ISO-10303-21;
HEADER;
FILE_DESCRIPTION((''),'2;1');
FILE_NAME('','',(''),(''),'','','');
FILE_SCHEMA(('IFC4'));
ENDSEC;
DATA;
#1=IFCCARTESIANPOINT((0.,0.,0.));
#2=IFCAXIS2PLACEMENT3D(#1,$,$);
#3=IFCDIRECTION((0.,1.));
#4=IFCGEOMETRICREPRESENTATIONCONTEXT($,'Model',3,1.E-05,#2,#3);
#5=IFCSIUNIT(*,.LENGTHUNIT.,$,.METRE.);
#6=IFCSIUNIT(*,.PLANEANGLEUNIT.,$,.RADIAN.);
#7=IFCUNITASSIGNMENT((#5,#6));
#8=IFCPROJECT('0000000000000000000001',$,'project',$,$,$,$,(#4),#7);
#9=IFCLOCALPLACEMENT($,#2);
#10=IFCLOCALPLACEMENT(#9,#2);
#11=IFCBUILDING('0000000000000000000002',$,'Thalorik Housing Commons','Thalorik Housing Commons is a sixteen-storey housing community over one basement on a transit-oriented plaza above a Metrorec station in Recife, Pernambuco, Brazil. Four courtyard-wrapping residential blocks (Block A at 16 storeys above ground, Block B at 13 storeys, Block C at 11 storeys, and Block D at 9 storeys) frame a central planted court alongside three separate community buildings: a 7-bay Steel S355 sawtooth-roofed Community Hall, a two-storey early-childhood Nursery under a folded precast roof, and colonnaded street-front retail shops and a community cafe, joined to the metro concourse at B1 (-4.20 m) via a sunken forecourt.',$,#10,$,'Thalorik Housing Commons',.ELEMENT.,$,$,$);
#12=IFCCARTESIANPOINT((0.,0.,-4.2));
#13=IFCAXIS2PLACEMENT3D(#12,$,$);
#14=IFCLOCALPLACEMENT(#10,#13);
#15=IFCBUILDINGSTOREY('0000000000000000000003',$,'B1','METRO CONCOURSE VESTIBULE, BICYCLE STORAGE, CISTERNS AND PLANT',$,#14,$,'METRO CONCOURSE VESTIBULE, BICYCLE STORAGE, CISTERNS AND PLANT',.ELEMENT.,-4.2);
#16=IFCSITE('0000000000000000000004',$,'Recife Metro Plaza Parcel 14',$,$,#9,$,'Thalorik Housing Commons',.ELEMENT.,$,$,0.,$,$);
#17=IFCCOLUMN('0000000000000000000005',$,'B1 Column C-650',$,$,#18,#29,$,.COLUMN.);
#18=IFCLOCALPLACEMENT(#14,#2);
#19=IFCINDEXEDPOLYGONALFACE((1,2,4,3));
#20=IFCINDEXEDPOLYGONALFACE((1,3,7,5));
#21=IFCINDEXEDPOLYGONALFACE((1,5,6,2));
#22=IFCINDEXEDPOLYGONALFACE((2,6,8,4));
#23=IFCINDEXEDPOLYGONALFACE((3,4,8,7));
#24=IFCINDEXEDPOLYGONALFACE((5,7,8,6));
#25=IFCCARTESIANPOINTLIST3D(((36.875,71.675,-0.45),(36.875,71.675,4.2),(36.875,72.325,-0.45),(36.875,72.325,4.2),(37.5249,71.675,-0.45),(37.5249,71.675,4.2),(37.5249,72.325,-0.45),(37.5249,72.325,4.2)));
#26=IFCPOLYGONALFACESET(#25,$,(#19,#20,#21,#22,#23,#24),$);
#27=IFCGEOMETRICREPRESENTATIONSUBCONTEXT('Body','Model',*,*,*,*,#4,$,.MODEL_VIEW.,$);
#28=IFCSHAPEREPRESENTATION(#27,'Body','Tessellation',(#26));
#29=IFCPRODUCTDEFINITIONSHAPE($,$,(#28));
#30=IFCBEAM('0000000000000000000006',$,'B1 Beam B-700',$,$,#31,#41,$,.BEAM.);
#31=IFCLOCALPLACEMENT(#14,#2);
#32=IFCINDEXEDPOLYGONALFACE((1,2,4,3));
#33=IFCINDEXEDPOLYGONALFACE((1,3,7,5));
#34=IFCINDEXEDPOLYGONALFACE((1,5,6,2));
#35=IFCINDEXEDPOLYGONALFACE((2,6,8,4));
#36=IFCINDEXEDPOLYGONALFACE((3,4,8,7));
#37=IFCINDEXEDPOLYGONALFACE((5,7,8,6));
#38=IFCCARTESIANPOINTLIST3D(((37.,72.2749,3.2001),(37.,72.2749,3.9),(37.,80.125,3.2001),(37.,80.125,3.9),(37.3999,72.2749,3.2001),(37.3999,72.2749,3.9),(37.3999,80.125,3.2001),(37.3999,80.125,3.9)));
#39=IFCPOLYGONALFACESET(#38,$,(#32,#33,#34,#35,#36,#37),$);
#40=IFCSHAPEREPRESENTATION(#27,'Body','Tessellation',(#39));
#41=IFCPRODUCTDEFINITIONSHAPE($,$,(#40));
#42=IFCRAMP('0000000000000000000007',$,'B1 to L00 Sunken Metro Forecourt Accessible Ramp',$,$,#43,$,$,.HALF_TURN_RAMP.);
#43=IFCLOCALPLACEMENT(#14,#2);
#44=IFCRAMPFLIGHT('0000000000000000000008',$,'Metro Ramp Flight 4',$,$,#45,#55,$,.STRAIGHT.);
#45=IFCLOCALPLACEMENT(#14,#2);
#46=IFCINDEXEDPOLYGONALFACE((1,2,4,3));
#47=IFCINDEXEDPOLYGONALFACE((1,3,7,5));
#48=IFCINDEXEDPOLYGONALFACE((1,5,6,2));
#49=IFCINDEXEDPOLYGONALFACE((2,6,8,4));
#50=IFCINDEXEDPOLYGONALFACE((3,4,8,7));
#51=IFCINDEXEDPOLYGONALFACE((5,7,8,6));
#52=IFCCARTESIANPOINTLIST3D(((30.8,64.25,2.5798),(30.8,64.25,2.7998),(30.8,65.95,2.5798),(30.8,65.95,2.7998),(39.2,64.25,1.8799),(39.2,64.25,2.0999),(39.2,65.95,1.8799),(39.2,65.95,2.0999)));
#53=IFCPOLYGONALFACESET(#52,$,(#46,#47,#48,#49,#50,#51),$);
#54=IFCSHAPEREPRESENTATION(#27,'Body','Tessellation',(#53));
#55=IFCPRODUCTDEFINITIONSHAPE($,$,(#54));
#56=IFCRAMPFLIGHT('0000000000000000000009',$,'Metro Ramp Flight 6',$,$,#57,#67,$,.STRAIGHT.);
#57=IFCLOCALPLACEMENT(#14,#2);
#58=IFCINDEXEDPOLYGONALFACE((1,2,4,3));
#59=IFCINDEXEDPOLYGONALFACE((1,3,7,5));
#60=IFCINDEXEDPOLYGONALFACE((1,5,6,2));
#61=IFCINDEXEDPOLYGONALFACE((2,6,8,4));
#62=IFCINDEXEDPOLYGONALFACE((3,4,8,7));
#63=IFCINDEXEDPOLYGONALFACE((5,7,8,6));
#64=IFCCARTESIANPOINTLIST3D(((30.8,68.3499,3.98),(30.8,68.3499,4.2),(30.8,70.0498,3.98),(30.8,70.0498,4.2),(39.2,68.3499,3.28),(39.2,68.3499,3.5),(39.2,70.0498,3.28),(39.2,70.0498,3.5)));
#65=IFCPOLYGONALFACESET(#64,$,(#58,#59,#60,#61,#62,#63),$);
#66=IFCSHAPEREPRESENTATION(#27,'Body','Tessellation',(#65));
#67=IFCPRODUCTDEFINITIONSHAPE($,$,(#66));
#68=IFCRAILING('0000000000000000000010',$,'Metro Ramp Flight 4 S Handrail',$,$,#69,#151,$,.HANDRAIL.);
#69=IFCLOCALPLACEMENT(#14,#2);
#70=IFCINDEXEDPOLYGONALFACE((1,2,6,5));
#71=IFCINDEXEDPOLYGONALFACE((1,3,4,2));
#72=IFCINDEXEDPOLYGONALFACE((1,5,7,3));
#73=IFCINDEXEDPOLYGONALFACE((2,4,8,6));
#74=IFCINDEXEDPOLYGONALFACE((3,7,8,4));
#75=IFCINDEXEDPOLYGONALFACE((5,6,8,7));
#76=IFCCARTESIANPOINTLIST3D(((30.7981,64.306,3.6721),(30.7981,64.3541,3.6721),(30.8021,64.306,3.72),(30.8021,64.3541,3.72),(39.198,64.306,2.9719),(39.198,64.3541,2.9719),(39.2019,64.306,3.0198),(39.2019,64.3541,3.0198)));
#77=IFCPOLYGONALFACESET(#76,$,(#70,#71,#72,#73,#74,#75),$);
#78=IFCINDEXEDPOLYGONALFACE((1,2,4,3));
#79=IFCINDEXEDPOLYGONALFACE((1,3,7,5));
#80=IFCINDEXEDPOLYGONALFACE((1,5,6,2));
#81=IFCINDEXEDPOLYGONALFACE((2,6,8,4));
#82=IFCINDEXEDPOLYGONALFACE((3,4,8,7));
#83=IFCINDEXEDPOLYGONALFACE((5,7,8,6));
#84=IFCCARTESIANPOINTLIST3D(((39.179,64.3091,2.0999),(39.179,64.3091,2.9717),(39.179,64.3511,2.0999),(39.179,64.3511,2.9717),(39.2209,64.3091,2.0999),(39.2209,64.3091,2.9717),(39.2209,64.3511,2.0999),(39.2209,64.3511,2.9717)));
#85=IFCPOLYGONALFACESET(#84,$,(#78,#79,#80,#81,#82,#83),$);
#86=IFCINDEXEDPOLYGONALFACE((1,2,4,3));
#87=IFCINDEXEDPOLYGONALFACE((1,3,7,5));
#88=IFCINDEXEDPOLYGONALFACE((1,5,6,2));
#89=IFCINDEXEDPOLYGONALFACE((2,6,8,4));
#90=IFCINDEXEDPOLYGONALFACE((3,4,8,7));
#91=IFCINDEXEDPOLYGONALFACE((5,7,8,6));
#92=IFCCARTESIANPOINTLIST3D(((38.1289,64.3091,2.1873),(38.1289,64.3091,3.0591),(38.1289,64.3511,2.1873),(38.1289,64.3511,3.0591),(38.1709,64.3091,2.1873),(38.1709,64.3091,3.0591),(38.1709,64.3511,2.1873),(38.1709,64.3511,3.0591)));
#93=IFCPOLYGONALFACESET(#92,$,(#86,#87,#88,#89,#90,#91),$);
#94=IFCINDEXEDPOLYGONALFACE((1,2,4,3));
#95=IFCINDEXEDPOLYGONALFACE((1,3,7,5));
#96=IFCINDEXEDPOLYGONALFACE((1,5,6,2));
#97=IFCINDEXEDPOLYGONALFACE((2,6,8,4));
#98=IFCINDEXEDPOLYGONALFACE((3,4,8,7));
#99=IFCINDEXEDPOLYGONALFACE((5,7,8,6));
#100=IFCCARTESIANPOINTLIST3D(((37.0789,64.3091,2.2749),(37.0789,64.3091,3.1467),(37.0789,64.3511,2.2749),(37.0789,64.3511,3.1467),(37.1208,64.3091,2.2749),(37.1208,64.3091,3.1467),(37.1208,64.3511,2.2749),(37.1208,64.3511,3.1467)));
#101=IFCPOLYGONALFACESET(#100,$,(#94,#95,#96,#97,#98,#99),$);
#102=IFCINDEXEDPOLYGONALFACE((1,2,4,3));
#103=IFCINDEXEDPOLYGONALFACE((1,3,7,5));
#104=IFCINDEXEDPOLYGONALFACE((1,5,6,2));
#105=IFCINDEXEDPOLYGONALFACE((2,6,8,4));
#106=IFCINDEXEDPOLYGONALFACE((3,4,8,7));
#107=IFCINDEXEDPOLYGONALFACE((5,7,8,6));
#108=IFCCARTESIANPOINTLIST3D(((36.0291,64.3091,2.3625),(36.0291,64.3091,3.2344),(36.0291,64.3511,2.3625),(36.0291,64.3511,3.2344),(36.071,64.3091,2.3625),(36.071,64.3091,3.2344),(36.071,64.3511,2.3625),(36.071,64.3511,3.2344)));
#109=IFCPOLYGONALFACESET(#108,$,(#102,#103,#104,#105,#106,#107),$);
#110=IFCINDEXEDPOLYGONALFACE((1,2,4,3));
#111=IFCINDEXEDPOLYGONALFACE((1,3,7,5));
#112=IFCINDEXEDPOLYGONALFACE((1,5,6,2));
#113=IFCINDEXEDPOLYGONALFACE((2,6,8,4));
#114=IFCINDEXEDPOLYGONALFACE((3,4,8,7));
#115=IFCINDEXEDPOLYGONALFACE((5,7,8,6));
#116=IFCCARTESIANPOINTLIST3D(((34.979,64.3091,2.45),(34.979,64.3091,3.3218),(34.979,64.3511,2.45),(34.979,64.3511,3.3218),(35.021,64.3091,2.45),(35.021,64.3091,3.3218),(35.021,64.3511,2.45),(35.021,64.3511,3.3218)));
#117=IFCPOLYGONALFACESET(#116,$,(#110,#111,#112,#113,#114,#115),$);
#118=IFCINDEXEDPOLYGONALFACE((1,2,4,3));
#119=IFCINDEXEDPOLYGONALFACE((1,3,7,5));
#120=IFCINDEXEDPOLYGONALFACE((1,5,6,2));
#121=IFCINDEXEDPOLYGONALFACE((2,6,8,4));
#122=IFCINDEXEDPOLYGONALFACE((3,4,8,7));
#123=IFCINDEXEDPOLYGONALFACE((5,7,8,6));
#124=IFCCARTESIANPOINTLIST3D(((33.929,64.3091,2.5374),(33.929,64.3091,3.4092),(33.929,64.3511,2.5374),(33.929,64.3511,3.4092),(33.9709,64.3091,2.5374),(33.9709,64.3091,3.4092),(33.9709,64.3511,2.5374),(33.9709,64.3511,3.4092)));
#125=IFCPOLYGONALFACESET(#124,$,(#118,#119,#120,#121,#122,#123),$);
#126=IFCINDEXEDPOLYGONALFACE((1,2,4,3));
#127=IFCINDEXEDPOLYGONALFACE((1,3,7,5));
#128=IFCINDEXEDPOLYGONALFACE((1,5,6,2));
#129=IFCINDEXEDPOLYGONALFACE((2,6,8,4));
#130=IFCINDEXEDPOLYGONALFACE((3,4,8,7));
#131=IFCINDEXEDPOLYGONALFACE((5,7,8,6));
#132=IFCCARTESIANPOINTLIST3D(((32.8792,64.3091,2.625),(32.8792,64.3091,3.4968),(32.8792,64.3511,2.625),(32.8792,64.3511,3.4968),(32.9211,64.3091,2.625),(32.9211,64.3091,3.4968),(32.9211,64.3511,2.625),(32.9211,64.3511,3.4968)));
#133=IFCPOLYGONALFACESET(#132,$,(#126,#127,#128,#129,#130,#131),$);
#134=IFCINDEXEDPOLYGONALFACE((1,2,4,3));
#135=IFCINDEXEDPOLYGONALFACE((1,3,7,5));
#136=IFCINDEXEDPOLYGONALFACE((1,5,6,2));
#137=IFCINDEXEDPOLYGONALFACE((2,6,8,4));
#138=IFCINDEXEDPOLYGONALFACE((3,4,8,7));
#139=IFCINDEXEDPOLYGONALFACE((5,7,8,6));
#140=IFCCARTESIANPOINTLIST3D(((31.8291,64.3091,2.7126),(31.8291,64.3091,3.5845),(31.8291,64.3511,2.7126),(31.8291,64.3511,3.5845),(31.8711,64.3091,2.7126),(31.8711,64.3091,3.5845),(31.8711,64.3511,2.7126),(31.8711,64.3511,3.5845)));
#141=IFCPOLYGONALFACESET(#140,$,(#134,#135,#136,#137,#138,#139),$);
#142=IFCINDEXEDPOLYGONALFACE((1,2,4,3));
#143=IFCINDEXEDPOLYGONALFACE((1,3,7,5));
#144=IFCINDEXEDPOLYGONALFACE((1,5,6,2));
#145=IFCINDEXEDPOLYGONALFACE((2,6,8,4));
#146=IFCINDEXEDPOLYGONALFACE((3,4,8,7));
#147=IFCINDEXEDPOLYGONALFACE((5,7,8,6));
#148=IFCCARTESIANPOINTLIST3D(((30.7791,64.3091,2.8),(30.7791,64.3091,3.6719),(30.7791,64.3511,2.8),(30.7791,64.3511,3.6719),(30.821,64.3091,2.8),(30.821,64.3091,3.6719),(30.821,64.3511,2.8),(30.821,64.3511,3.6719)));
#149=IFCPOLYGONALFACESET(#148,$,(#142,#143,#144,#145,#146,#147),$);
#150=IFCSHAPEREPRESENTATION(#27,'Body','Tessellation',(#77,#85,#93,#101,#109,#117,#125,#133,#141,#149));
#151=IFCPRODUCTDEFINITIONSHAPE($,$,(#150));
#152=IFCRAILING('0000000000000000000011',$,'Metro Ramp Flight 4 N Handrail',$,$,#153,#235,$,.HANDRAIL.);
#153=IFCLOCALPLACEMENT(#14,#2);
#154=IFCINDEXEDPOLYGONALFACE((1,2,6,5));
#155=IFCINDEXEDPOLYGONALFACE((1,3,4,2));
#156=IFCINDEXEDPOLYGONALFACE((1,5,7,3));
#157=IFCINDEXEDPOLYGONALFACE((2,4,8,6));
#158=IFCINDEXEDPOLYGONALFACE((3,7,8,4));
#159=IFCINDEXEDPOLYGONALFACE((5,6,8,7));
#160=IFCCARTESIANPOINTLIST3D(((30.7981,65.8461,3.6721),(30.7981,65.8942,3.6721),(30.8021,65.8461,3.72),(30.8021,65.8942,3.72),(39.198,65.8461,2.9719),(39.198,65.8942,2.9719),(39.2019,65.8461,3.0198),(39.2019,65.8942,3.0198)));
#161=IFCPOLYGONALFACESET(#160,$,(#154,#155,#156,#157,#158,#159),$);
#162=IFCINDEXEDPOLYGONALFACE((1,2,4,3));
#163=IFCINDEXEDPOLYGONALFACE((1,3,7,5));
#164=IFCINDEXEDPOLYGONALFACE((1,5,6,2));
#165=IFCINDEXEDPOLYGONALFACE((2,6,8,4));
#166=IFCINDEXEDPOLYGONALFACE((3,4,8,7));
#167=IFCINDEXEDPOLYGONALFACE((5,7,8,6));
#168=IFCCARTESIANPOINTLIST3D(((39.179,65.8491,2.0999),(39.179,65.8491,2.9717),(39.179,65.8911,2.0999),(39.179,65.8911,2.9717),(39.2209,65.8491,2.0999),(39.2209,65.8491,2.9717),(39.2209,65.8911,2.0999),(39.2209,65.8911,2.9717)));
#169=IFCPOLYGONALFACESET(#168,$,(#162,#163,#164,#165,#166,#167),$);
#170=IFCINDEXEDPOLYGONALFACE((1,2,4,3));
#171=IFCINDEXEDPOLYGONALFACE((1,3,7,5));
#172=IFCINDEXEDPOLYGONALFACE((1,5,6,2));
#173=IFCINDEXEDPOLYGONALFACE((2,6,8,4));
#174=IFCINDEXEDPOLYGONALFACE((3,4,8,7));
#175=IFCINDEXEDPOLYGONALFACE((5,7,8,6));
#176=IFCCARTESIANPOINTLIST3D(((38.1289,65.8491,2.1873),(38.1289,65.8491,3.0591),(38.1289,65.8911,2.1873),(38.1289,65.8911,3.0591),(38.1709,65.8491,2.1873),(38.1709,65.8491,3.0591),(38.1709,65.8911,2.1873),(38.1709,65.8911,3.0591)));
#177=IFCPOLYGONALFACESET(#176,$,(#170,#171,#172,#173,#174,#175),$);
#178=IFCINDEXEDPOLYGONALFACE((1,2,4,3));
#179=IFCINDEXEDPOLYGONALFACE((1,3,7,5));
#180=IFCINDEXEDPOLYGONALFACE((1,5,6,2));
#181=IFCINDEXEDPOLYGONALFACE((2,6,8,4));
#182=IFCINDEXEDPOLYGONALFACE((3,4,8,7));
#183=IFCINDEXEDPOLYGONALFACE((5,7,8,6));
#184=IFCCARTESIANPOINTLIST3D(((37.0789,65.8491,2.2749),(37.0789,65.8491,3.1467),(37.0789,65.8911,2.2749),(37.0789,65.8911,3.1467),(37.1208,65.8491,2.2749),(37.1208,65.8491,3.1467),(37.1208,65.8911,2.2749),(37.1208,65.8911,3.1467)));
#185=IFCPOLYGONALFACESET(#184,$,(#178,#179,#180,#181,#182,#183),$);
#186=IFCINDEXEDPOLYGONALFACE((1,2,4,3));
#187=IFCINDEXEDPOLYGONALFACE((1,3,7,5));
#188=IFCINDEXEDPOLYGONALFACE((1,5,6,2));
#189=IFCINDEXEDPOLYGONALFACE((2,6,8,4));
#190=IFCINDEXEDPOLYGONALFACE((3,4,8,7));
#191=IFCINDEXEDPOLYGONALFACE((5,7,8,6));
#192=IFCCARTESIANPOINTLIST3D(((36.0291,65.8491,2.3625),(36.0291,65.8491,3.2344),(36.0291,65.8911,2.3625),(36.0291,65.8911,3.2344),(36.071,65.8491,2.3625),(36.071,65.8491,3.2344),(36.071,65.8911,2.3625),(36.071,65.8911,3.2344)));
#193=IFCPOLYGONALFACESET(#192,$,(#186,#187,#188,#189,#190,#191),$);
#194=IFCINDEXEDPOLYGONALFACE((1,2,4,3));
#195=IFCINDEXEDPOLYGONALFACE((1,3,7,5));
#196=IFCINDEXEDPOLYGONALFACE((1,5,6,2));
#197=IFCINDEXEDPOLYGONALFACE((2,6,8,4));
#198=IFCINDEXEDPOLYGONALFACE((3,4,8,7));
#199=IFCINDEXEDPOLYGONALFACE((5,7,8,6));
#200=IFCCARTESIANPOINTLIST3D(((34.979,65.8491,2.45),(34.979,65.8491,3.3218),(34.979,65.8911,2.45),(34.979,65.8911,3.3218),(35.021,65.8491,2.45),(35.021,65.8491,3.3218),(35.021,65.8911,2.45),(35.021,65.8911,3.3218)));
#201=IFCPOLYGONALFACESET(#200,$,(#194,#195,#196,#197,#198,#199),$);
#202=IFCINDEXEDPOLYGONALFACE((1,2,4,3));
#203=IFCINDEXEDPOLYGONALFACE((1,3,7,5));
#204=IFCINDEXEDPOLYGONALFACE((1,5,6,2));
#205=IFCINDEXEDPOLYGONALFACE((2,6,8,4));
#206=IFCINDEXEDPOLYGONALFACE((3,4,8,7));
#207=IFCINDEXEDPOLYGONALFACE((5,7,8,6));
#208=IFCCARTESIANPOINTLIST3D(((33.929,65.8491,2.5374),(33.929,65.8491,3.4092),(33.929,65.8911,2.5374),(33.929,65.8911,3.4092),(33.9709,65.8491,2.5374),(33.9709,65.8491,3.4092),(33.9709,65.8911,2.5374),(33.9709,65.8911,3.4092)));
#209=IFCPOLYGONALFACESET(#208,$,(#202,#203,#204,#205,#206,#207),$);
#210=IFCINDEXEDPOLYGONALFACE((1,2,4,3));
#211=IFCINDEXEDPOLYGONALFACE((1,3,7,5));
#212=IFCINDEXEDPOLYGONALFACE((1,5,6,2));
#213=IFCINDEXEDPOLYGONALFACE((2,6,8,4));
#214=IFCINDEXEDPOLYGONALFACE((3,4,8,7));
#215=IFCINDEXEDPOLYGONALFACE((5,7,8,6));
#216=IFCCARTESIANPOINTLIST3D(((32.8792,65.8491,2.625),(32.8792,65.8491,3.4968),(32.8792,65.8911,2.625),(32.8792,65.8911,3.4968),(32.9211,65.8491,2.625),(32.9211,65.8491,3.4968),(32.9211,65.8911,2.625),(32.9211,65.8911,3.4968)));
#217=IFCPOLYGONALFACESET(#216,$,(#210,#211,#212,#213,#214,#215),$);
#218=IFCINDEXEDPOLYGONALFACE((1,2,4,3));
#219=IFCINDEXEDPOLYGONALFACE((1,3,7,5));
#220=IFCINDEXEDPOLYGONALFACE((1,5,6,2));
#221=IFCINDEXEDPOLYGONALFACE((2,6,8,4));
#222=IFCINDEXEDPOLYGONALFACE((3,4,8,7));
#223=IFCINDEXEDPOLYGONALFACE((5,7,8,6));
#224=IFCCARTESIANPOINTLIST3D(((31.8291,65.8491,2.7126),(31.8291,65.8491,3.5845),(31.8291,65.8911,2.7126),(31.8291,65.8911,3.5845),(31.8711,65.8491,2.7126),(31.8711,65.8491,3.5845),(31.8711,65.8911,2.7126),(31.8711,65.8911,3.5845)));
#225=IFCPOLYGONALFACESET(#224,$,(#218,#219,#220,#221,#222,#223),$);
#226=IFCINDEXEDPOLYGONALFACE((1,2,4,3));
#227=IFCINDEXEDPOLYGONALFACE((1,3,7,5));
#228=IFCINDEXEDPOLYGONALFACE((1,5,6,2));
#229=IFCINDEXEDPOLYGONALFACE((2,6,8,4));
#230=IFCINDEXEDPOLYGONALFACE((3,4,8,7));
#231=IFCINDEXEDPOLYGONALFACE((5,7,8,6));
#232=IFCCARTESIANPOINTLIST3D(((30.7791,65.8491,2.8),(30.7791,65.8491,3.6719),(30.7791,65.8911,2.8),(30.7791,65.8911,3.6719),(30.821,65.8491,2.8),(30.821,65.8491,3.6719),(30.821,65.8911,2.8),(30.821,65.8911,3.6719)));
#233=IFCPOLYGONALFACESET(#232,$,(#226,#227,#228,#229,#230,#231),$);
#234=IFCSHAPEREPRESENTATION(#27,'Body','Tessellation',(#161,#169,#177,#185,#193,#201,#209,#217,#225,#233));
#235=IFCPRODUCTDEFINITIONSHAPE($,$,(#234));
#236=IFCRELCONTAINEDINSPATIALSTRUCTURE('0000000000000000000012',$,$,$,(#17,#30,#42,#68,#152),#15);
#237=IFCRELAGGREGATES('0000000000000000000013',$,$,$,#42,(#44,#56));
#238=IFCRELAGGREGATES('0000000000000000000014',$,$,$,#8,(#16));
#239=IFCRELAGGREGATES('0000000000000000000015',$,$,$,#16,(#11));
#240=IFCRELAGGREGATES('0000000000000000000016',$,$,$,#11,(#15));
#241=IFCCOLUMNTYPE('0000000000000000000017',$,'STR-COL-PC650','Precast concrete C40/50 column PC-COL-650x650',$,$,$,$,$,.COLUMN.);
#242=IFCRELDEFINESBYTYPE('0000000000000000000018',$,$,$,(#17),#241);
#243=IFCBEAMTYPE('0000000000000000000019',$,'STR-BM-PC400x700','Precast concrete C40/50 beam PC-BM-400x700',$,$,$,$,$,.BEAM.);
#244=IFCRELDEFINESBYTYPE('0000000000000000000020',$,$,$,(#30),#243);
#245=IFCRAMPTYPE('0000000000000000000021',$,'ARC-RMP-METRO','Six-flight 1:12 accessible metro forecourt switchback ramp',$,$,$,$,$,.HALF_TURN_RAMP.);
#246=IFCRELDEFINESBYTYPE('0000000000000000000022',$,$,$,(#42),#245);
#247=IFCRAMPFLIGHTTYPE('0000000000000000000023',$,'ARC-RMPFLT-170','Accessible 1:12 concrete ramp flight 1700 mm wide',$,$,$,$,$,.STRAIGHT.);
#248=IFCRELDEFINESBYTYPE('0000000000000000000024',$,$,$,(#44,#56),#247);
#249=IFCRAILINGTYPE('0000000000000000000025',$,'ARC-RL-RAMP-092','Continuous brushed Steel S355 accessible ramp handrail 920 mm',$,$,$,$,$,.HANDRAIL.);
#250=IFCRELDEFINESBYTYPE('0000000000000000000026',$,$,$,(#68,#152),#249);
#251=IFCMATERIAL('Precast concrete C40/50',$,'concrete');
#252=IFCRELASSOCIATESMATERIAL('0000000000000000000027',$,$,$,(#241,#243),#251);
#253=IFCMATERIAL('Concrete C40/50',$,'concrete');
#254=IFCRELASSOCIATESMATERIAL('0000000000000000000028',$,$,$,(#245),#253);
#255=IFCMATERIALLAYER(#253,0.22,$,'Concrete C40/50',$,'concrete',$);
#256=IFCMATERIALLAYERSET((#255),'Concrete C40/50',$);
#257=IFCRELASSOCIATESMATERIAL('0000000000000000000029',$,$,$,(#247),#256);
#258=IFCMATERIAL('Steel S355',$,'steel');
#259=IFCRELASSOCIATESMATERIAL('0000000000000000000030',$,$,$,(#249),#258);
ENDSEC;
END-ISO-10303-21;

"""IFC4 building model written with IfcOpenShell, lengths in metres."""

from ifc_helpers import new_model, si_unit, direction, frame, origin, origin_2d, place, context, subcontext, project, spatial, polyline, rectangle, outline, extrude, material, layer, layer_set, material_profile, profile_set, type_object, element, aggregate, save


model = new_model("IFC4")

# Units and contexts
model_context = context("Model", 3, precision=1e-05, world=origin(), true_north=direction((0.0, 1.0)))
body_context = subcontext(model_context, "Body", "Model", "MODEL_VIEW")
ifc_project = project(units=[si_unit("LENGTHUNIT", "METRE"), si_unit("PLANEANGLEUNIT", "RADIAN")], contexts=[model_context])

# Site, building, storey
site_placement = place(None, origin())
site = spatial("IfcSite", under=ifc_project, at=site_placement, Name="Recife Metro Plaza Parcel 14", LongName="Thalorik Housing Commons", CompositionType="ELEMENT", RefElevation=0.0)
building_placement = place(site_placement, origin())
building = spatial("IfcBuilding", under=site, at=building_placement, Name="Thalorik Housing Commons", Description="Thalorik Housing Commons is a sixteen-storey housing community over one basement on a transit-oriented plaza above a Metrorec station in Recife, Pernambuco, Brazil. Four courtyard-wrapping residential blocks (Block A at 16 storeys above ground, Block B at 13 storeys, Block C at 11 storeys, and Block D at 9 storeys) frame a central planted court alongside three separate community buildings: a 7-bay Steel S355 sawtooth-roofed Community Hall, a two-storey early-childhood Nursery under a folded precast roof, and colonnaded street-front retail shops and a community cafe, joined to the metro concourse at B1 (-4.20 m) via a sunken forecourt.", LongName="Thalorik Housing Commons", CompositionType="ELEMENT")
storey_placement = place(building_placement, frame((0.0, 0.0, -4.2)))
storey = spatial("IfcBuildingStorey", under=building, at=storey_placement, Name="B1", Description="METRO CONCOURSE VESTIBULE, BICYCLE STORAGE, CISTERNS AND PLANT", LongName="METRO CONCOURSE VESTIBULE, BICYCLE STORAGE, CISTERNS AND PLANT", CompositionType="ELEMENT", Elevation=-4.2)

# Shared definitions
ifc_material_1 = material(Name="Concrete C40/50", Category="concrete")

# Column
ifc_material_2 = material(Name="Precast concrete C40/50", Category="concrete")
ifc_material_profile_1 = material_profile(ifc_material_2, rectangle(XDim=0.6499, YDim=0.6499, at=origin_2d()), Name="PC 650x650", Category="concrete")
ifc_profile_set_1 = profile_set([ifc_material_profile_1], Name="Precast concrete C40/50")
column_type_1 = type_object("IfcColumnType", Name="STR-COL-PC650", Description="Precast concrete C40/50 column PC-COL-650x650", PredefinedType="COLUMN", material=ifc_profile_set_1)
column_1_placement = place(storey_placement, frame((37.2, 72.0, -0.45), z_axis=(0.0, 0.0, 1.0), x_axis=(1.0, 0.0, 0.0)))
element("IfcColumn", 1, at=column_1_placement, inside=storey, type_object=column_type_1, Name="B1 Column C-650", PredefinedType="COLUMN", context=body_context, shape_type="SweptSolid", body=[
    extrude(rectangle(XDim=0.6499, YDim=0.6499, at=origin_2d()), origin(), (0.0, 0.0, 1.0), 4.6499),
])

# Beam
ifc_material_profile_2 = material_profile(ifc_material_2, rectangle(XDim=0.3999, YDim=0.7, at=origin_2d()), Name="PC 400x700", Category="concrete")
ifc_profile_set_2 = profile_set([ifc_material_profile_2], Name="Precast concrete C40/50")
beam_type = type_object("IfcBeamType", Name="STR-BM-PC400x700", Description="Precast concrete C40/50 beam PC-BM-400x700", PredefinedType="BEAM", material=ifc_profile_set_2)
beam_placement = place(storey_placement, frame((37.2, 72.2749, 3.55), z_axis=(0.0, 1.0, 0.0), x_axis=(-1.0, 0.0, 0.0)))
element("IfcBeam", 2, at=beam_placement, inside=storey, type_object=beam_type, Name="B1 Beam B-700", PredefinedType="BEAM", context=body_context, shape_type="SweptSolid", body=[
    extrude(rectangle(XDim=0.3999, YDim=0.7, at=origin_2d()), origin(), (0.0, 0.0, 1.0), 7.8501),
])

# Ramp, ramp flights
ramp_type = type_object("IfcRampType", Name="ARC-RMP-METRO", Description="Six-flight 1:12 accessible metro forecourt switchback ramp", PredefinedType="HALF_TURN_RAMP", material=ifc_material_1)
ramp_placement = place(storey_placement, origin())
ramp = element("IfcRamp", 3, at=ramp_placement, inside=storey, type_object=ramp_type, Name="B1 to L00 Sunken Metro Forecourt Accessible Ramp", PredefinedType="HALF_TURN_RAMP")
ifc_layer = layer(ifc_material_1, 0.22, Name="Concrete C40/50", Category="concrete")
ifc_layer_set = layer_set([ifc_layer], Name="Concrete C40/50")
ramp_flight_type = type_object("IfcRampFlightType", Name="ARC-RMPFLT-170", Description="Accessible 1:12 concrete ramp flight 1700 mm wide", PredefinedType="STRAIGHT", material=ifc_layer_set)
ramp_flight_1_placement = place(storey_placement, frame((39.2, 65.1001, 2.0999), z_axis=(0.0, 0.0, 1.0), x_axis=(-1.0, 0.0, 0.0)))
ramp_flight_1 = element("IfcRampFlight", 4, at=ramp_flight_1_placement, type_object=ramp_flight_type, Name="Metro Ramp Flight 4", PredefinedType="STRAIGHT", context=body_context, shape_type="SweptSolid", body=[
    extrude(outline(polyline([(0.0, 0.0), (0.0, -0.22), (8.3999, 0.48), (8.3999, 0.7), (0.0, 0.0)])), frame((0.0, 0.8501, 0.0), z_axis=(0.0, -1.0, 0.0), x_axis=(1.0, 0.0, 0.0)), (0.0, 0.0, 1.0), 1.7),
])
ramp_flight_2_placement = place(storey_placement, frame((39.2, 69.2, 3.5), z_axis=(0.0, 0.0, 1.0), x_axis=(-1.0, 0.0, 0.0)))
ramp_flight_2 = element("IfcRampFlight", 5, at=ramp_flight_2_placement, type_object=ramp_flight_type, Name="Metro Ramp Flight 6", PredefinedType="STRAIGHT", context=body_context, shape_type="SweptSolid", body=[
    extrude(outline(polyline([(0.0, 0.0), (0.0, -0.22), (8.3999, 0.48), (8.3999, 0.7), (0.0, 0.0)])), frame((0.0, 0.8501, 0.0), z_axis=(0.0, -1.0, 0.0), x_axis=(1.0, 0.0, 0.0)), (0.0, 0.0, 1.0), 1.7),
])
aggregate(ramp, [ramp_flight_1, ramp_flight_2])

# Railings
ifc_material_3 = material(Name="Steel S355", Category="steel")
railing_type_1 = type_object("IfcRailingType", Name="ARC-RL-RAMP-092", Description="Continuous brushed Steel S355 accessible ramp handrail 920 mm", PredefinedType="HANDRAIL", material=ifc_material_3)
for number, where, name in (
    (6, (39.2, 64.3301, 2.0999), "Metro Ramp Flight 4 S Handrail"),
    (7, (39.2, 65.8701, 2.0999), "Metro Ramp Flight 4 N Handrail"),
):
    element("IfcRailing", number, at=place(storey_placement, frame(where)), inside=storey, type_object=railing_type_1, Name=name, PredefinedType="HANDRAIL", context=body_context, shape_type="SweptSolid", body=[
        extrude(rectangle(XDim=0.0481, YDim=0.0481, at=origin_2d()), frame((0.0, 0.0, 0.896), z_axis=(-0.996544, 0.0, 0.083069), x_axis=(0.0, -1.0, 0.0)), (0.0, 0.0, 1.0), 8.429),
        extrude(rectangle(XDim=0.042, YDim=0.042, at=origin_2d()), origin(), (0.0, 0.0, 1.0), 0.8718),
        extrude(rectangle(XDim=0.042, YDim=0.042, at=origin_2d()), frame((-1.05, 0.0, 0.0874)), (0.0, 0.0, 1.0), 0.8718),
        extrude(rectangle(XDim=0.042, YDim=0.042, at=origin_2d()), frame((-2.1001, 0.0, 0.175)), (0.0, 0.0, 1.0), 0.8718),
        extrude(rectangle(XDim=0.042, YDim=0.042, at=origin_2d()), frame((-3.1499, 0.0, 0.2627)), (0.0, 0.0, 1.0), 0.8718),
        extrude(rectangle(XDim=0.042, YDim=0.042, at=origin_2d()), frame((-4.2, 0.0, 0.3501)), (0.0, 0.0, 1.0), 0.8718),
        extrude(rectangle(XDim=0.042, YDim=0.042, at=origin_2d()), frame((-5.25, 0.0, 0.4375)), (0.0, 0.0, 1.0), 0.8718),
        extrude(rectangle(XDim=0.042, YDim=0.042, at=origin_2d()), frame((-6.2998, 0.0, 0.5251)), (0.0, 0.0, 1.0), 0.8718),
        extrude(rectangle(XDim=0.042, YDim=0.042, at=origin_2d()), frame((-7.3499, 0.0, 0.6128)), (0.0, 0.0, 1.0), 0.8718),
        extrude(rectangle(XDim=0.042, YDim=0.042, at=origin_2d()), frame((-8.3999, 0.0, 0.7002)), (0.0, 0.0, 1.0), 0.8718),
    ])

save(model, "model.ifc")
